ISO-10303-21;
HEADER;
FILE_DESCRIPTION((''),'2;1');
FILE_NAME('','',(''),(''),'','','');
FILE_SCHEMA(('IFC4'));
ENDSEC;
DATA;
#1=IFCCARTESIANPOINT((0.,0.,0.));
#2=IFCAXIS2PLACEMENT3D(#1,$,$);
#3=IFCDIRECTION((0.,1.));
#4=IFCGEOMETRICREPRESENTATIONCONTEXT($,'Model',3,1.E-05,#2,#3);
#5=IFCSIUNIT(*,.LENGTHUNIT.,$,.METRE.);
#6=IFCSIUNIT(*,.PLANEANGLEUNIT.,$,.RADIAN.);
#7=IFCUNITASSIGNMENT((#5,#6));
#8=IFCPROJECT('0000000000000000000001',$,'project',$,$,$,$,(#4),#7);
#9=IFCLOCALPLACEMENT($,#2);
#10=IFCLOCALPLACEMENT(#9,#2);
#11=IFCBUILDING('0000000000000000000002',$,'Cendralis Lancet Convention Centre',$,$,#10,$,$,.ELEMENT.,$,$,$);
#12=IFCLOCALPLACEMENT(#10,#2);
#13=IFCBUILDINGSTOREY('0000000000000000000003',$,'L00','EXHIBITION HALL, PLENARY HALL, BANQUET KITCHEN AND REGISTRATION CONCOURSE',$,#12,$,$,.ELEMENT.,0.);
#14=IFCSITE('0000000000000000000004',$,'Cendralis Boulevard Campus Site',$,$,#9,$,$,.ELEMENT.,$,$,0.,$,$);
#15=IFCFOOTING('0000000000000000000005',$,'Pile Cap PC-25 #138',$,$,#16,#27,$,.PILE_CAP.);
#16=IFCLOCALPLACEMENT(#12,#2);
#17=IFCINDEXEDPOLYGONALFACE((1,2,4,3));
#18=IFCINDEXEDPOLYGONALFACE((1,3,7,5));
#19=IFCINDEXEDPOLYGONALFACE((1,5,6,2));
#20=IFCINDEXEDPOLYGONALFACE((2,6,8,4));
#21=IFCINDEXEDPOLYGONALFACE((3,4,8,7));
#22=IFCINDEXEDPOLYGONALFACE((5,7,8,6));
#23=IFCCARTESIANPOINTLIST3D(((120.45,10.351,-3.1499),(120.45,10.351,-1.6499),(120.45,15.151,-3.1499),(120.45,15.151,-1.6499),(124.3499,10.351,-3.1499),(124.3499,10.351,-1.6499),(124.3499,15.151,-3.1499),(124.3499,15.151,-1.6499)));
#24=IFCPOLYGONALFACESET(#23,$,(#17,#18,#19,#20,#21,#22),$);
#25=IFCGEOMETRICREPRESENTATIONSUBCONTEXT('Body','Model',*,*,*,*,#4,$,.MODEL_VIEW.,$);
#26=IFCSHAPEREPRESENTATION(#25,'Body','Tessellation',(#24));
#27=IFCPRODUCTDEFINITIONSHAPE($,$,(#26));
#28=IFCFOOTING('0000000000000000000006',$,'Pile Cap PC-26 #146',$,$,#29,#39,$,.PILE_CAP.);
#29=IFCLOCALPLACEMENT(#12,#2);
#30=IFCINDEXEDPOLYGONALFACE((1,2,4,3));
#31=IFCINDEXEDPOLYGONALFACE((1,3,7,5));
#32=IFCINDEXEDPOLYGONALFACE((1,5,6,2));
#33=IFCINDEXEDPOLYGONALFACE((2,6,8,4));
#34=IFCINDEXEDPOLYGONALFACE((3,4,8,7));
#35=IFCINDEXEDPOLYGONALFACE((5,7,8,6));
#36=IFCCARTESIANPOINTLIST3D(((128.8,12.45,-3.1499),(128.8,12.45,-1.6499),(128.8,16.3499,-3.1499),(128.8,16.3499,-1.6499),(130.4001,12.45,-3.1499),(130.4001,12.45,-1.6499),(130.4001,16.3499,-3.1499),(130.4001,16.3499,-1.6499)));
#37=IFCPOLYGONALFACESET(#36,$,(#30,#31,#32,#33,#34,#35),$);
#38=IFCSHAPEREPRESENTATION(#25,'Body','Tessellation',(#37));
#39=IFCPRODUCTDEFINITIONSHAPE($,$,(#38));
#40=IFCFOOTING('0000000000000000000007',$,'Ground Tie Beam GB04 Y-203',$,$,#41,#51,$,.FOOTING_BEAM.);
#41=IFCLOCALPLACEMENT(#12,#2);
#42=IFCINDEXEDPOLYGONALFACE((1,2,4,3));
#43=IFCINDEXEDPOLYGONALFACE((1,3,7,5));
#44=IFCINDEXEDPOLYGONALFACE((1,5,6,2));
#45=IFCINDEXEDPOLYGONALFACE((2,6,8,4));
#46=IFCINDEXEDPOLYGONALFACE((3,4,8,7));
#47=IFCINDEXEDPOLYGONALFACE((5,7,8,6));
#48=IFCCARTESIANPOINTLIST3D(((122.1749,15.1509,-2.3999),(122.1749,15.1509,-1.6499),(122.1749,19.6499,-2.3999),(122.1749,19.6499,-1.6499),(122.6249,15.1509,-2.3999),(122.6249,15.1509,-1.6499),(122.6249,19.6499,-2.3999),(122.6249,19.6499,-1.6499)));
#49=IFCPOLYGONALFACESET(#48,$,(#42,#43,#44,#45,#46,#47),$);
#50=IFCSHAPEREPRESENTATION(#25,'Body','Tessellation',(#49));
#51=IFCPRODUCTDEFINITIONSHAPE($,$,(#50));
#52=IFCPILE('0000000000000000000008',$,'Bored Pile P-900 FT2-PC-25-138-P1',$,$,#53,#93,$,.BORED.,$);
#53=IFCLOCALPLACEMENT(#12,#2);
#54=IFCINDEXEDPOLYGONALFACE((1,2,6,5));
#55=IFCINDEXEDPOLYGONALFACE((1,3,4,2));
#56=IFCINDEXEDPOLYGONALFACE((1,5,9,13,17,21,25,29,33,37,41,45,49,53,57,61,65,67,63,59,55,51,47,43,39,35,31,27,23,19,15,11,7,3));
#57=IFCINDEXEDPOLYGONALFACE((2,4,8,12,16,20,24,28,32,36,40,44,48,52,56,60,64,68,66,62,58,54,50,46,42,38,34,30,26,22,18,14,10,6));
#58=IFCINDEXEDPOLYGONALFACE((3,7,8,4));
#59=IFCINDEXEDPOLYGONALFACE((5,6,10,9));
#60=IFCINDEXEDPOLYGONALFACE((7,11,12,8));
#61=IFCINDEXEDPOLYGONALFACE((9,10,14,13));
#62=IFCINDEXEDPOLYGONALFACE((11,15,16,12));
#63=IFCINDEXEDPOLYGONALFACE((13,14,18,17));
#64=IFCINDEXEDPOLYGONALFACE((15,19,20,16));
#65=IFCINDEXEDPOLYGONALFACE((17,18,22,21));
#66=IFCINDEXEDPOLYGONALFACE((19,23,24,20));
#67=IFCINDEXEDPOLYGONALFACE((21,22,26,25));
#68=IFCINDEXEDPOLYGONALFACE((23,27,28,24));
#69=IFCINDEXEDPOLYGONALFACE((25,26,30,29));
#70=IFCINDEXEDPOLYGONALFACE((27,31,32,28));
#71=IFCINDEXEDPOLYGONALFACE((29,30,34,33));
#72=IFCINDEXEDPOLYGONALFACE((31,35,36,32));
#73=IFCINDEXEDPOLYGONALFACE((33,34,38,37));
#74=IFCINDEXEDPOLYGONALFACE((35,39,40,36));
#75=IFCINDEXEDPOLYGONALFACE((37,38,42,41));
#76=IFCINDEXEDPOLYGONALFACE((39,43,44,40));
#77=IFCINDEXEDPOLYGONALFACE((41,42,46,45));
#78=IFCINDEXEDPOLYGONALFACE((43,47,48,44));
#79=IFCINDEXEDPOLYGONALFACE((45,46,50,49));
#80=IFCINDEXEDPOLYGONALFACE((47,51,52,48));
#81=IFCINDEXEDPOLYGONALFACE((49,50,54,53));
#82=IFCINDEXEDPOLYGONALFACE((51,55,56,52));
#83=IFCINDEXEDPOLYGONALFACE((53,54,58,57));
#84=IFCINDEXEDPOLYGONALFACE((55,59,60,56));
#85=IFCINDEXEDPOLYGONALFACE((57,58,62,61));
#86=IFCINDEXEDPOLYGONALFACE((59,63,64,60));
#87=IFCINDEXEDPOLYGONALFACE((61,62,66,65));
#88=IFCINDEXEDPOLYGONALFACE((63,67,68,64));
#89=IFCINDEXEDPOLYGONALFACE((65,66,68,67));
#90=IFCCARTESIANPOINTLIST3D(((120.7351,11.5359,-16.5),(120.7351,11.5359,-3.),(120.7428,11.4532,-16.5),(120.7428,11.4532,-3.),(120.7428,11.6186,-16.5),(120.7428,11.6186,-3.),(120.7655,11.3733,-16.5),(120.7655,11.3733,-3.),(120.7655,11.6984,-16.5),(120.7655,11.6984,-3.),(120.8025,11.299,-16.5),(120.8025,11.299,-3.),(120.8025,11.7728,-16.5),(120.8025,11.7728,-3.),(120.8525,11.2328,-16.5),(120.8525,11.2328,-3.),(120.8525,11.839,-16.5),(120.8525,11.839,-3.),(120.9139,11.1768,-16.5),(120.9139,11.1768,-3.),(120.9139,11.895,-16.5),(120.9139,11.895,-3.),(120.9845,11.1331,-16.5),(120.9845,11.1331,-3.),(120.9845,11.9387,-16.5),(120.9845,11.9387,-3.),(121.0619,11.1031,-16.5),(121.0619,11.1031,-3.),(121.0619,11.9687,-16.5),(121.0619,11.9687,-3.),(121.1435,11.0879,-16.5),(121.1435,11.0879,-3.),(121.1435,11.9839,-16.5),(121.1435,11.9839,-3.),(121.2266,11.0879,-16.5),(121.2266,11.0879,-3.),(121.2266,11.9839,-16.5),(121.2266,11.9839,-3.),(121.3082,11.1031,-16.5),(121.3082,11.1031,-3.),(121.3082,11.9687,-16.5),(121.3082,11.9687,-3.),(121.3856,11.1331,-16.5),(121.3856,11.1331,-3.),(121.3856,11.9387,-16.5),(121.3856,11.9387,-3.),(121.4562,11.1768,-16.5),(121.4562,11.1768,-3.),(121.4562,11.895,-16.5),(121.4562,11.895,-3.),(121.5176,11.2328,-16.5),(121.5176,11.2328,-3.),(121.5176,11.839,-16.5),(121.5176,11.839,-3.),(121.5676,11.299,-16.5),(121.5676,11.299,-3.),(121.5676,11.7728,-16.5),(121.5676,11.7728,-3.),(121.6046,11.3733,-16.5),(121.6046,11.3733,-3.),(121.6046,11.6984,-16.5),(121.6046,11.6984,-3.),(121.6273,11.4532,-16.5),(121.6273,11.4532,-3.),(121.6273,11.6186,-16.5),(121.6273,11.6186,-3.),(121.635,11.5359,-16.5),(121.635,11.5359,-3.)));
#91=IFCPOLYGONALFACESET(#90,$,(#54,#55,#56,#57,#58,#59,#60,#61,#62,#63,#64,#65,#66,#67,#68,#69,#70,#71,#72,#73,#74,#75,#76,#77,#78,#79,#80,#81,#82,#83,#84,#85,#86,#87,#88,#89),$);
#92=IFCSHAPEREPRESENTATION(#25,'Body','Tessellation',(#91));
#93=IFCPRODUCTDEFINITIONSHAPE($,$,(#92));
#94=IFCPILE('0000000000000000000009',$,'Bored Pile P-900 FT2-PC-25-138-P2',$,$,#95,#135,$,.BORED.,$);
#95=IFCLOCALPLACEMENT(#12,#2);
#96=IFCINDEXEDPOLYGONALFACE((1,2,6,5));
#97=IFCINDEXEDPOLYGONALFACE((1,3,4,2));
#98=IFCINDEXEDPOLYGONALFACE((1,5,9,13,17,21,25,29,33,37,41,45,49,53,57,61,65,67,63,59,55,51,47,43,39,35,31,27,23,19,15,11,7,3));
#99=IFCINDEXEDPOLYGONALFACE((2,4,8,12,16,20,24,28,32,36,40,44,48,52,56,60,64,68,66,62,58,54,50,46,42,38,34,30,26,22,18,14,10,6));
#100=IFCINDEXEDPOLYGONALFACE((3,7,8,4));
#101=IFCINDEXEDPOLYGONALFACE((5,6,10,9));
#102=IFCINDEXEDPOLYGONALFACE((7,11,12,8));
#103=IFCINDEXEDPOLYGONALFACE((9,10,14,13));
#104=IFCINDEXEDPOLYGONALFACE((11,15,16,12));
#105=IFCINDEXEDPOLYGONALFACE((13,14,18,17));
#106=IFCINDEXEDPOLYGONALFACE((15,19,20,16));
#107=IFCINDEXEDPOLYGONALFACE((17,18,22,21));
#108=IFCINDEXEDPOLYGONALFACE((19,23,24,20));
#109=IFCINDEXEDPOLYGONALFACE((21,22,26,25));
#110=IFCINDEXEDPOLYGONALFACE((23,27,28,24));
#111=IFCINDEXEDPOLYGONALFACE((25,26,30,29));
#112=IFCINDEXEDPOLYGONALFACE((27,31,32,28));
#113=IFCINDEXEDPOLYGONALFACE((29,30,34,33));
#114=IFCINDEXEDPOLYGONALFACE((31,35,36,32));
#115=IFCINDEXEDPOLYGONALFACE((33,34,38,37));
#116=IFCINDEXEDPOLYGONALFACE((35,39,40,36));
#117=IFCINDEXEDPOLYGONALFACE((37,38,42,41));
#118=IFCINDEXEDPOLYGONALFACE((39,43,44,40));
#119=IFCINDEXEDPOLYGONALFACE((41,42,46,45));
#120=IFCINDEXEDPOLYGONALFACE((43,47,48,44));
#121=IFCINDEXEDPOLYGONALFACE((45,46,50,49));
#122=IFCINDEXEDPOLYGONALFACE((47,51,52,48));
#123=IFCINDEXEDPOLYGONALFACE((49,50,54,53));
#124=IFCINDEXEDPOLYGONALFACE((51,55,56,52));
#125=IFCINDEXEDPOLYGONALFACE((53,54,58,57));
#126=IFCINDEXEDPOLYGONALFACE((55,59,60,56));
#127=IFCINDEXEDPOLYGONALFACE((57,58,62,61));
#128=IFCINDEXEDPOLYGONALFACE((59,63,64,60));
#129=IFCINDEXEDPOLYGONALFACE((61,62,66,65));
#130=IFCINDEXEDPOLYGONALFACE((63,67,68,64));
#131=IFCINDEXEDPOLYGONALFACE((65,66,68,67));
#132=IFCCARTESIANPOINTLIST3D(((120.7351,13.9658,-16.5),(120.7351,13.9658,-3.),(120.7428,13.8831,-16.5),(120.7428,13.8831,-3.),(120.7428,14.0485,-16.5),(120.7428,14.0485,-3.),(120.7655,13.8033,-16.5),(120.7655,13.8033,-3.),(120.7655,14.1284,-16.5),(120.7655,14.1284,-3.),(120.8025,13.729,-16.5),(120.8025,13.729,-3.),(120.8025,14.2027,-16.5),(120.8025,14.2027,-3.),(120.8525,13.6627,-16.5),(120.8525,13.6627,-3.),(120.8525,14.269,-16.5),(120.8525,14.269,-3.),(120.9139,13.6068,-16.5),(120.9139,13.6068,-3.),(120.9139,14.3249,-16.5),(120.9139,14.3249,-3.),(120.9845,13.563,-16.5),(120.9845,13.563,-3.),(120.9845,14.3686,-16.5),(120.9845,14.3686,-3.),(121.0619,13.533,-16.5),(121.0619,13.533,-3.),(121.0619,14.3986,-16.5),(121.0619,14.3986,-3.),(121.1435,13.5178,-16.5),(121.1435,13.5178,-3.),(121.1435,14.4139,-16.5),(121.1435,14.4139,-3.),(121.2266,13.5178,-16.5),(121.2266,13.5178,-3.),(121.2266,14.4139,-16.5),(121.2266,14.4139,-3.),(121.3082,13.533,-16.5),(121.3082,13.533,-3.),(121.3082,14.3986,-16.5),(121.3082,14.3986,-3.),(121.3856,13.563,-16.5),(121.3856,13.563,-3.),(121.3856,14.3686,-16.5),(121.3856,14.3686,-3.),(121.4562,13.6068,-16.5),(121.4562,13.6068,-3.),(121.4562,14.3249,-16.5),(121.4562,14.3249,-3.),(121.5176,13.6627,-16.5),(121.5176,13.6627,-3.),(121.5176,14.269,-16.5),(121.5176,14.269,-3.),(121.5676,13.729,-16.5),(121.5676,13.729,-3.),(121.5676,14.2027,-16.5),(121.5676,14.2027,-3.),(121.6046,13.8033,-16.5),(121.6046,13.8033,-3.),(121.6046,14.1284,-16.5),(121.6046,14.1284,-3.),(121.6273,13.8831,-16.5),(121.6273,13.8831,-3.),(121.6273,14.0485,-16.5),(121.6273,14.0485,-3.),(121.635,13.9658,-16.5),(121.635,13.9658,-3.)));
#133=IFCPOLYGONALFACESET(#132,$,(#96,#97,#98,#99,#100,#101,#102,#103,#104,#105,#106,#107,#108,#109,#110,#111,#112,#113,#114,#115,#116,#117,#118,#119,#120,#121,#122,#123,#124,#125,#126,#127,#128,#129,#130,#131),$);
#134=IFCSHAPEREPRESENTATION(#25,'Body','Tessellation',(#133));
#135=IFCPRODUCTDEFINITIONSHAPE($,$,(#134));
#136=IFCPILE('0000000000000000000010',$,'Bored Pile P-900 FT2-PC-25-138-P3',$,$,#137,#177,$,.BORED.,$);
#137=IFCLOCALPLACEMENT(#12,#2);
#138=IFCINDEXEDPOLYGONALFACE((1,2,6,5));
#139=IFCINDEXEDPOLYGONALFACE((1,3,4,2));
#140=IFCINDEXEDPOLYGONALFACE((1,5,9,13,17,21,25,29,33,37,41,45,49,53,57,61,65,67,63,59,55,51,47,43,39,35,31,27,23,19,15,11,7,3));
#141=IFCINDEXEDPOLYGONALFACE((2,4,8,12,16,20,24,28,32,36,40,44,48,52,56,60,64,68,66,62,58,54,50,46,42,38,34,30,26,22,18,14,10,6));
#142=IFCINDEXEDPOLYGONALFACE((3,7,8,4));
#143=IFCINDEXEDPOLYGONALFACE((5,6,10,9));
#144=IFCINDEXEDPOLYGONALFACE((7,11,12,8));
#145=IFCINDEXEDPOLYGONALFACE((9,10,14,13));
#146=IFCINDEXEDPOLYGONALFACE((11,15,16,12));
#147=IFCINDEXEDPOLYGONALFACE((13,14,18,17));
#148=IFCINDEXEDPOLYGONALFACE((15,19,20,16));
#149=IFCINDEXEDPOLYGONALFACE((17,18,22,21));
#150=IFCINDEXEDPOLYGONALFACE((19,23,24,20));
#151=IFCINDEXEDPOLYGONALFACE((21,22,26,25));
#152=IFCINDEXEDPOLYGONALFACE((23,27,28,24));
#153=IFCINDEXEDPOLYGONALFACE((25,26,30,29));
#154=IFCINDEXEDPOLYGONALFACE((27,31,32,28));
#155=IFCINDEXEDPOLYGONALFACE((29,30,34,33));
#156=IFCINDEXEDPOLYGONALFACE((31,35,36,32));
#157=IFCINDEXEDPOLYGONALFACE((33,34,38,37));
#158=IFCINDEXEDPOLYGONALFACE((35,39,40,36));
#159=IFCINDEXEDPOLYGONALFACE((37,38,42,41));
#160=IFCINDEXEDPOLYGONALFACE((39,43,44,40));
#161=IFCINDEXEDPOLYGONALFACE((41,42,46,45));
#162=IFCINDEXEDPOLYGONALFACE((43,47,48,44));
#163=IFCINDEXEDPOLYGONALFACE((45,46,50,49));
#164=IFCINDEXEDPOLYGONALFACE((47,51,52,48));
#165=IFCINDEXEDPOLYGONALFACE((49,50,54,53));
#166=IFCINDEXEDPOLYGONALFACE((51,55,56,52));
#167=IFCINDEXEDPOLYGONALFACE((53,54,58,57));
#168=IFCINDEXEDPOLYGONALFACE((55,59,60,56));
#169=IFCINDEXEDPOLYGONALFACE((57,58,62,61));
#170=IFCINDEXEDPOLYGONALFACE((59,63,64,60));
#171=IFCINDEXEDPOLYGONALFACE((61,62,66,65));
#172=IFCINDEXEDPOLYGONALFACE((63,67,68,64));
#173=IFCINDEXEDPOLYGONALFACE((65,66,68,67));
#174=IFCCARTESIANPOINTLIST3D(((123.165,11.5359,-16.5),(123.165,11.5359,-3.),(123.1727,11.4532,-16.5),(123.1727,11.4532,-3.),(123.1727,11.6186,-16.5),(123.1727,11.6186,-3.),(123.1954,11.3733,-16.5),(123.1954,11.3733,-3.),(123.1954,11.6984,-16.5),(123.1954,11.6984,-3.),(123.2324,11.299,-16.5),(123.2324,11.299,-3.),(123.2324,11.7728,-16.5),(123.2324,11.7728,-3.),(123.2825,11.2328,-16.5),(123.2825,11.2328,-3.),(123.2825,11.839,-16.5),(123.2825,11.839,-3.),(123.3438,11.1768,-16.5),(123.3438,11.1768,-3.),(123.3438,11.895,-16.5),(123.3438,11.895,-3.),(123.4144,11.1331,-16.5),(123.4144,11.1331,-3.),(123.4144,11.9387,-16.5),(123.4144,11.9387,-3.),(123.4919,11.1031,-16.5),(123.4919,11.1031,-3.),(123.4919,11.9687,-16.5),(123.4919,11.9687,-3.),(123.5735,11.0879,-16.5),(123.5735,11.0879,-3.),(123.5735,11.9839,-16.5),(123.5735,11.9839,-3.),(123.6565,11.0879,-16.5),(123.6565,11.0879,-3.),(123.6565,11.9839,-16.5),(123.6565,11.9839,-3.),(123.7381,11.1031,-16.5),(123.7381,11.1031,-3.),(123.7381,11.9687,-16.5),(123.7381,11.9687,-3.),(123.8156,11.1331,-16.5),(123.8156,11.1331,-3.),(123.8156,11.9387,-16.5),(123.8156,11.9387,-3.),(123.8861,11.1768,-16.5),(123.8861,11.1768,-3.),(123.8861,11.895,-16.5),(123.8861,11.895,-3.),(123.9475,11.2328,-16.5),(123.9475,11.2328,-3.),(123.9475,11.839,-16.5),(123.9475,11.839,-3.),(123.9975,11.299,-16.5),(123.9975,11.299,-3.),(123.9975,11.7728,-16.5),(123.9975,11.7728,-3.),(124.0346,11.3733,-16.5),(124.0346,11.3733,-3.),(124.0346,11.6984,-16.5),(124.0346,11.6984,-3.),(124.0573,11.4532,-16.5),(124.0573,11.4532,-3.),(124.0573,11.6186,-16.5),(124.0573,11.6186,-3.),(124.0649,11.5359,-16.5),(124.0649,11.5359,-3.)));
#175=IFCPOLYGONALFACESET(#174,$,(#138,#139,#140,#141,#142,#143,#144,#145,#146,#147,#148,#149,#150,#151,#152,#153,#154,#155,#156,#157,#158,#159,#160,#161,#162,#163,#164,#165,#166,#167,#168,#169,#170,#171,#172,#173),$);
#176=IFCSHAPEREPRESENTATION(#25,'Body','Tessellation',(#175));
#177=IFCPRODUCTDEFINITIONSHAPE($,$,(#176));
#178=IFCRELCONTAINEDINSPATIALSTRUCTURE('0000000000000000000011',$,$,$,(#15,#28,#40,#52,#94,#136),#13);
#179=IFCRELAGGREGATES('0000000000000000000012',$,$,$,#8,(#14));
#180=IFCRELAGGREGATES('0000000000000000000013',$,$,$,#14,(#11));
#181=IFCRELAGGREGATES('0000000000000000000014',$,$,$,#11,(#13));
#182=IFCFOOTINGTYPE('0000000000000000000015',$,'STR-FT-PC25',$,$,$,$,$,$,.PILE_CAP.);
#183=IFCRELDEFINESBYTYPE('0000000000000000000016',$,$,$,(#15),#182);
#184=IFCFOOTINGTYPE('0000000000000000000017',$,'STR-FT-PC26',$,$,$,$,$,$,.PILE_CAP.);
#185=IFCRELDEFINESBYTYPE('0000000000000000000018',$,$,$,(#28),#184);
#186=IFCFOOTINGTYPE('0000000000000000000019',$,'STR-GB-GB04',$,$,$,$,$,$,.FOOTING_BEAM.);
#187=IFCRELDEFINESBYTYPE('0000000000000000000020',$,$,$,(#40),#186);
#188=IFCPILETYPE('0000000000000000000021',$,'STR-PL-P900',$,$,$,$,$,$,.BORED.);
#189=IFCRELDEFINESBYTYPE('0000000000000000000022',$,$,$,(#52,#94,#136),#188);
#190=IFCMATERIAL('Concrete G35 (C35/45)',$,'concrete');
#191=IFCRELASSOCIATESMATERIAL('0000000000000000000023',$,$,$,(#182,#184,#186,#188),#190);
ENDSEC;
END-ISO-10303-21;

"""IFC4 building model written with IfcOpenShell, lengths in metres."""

from ifc_helpers import new_model, si_unit, direction, frame, origin, origin_2d, place, context, subcontext, project, spatial, rectangle, circle, extrude, material, material_profile, profile_set, type_object, element, save


model = new_model("IFC4")

# Units and contexts
model_context = context("Model", 3, precision=1e-05, world=origin(), true_north=direction((0.0, 1.0)))
body_context = subcontext(model_context, "Body", "Model", "MODEL_VIEW")
ifc_project = project(units=[si_unit("LENGTHUNIT", "METRE"), si_unit("PLANEANGLEUNIT", "RADIAN")], contexts=[model_context])

# Site, building, storey
site_placement = place(None, origin())
site = spatial("IfcSite", under=ifc_project, at=site_placement, Name="Cendralis Boulevard Campus Site", CompositionType="ELEMENT", RefElevation=0.0)
building_placement = place(site_placement, origin())
building = spatial("IfcBuilding", under=site, at=building_placement, Name="Cendralis Lancet Convention Centre", CompositionType="ELEMENT")
storey_placement = place(building_placement, origin())
storey = spatial("IfcBuildingStorey", under=building, at=storey_placement, Name="L00", Description="EXHIBITION HALL, PLENARY HALL, BANQUET KITCHEN AND REGISTRATION CONCOURSE", CompositionType="ELEMENT", Elevation=0.0)

# Footings
ifc_material_1 = material(Name="Concrete G35 (C35/45)", Category="concrete")
footing_type_1 = type_object("IfcFootingType", Name="STR-FT-PC25", PredefinedType="PILE_CAP", material=ifc_material_1)
footing_1_placement = place(storey_placement, frame((122.3999, 12.751, -3.1499), z_axis=(0.0, 0.0, 1.0), x_axis=(1.0, 0.0, 0.0)))
element("IfcFooting", 1, at=footing_1_placement, inside=storey, type_object=footing_type_1, Name="Pile Cap PC-25 #138", PredefinedType="PILE_CAP", context=body_context, shape_type="SweptSolid", body=[
    extrude(rectangle(XDim=3.8999, YDim=4.8, at=origin_2d()), origin(), (0.0, 0.0, 1.0), 1.5),
])
footing_type_2 = type_object("IfcFootingType", Name="STR-FT-PC26", PredefinedType="PILE_CAP", material=ifc_material_1)
footing_2_placement = place(storey_placement, frame((129.6001, 14.3999, -3.1499), z_axis=(0.0, 0.0, 1.0), x_axis=(1.0, 0.0, 0.0)))
element("IfcFooting", 2, at=footing_2_placement, inside=storey, type_object=footing_type_2, Name="Pile Cap PC-26 #146", PredefinedType="PILE_CAP", context=body_context, shape_type="SweptSolid", body=[
    extrude(rectangle(XDim=1.6001, YDim=3.8999, at=origin_2d()), origin(), (0.0, 0.0, 1.0), 1.5),
])
ifc_material_profile_1 = material_profile(ifc_material_1, rectangle(XDim=0.45, YDim=0.75, at=origin_2d()), Name="RCB 450x750")
ifc_profile_set_1 = profile_set([ifc_material_profile_1], Name="Concrete G35 (C35/45)")
footing_type_3 = type_object("IfcFootingType", Name="STR-GB-GB04", PredefinedType="FOOTING_BEAM", material=ifc_profile_set_1)
footing_3_placement = place(storey_placement, frame((122.3999, 15.1509, -2.0249), z_axis=(0.0, 1.0, 0.0), x_axis=(-1.0, 0.0, 0.0)))
element("IfcFooting", 3, at=footing_3_placement, inside=storey, type_object=footing_type_3, Name="Ground Tie Beam GB04 Y-203", PredefinedType="FOOTING_BEAM", context=body_context, shape_type="SweptSolid", body=[
    extrude(rectangle(XDim=0.45, YDim=0.75, at=origin_2d()), origin(), (0.0, 0.0, 1.0), 4.499),
])

# Piles
ifc_material_profile_2 = material_profile(ifc_material_1, circle(Radius=0.45, at=origin_2d()), Name="BORED PILE D900")
ifc_profile_set_2 = profile_set([ifc_material_profile_2], Name="Concrete G35 (C35/45)")
pile_type = type_object("IfcPileType", Name="STR-PL-P900", PredefinedType="BORED", material=ifc_profile_set_2)
for number, where, z_axis, x_axis, name in (
    (4, (121.1851, 11.5359, -3.0), (0.0, 0.0, -1.0), (1.0, 0.0, 0.0), "Bored Pile P-900 FT2-PC-25-138-P1"),
    (5, (121.1851, 13.9658, -3.0), (0.0, 0.0, -1.0), (1.0, 0.0, 0.0), "Bored Pile P-900 FT2-PC-25-138-P2"),
    (6, (123.615, 11.5359, -3.0), (0.0, 0.0, -1.0), (1.0, 0.0, 0.0), "Bored Pile P-900 FT2-PC-25-138-P3"),
):
    element("IfcPile", number, at=place(storey_placement, frame(where, z_axis=z_axis, x_axis=x_axis)), inside=storey, type_object=pile_type, Name=name, PredefinedType="BORED", context=body_context, shape_type="SweptSolid", body=[
        extrude(circle(Radius=0.45, at=origin_2d()), origin(), (0.0, 0.0, 1.0), 13.5),
    ])

save(model, "model.ifc")
